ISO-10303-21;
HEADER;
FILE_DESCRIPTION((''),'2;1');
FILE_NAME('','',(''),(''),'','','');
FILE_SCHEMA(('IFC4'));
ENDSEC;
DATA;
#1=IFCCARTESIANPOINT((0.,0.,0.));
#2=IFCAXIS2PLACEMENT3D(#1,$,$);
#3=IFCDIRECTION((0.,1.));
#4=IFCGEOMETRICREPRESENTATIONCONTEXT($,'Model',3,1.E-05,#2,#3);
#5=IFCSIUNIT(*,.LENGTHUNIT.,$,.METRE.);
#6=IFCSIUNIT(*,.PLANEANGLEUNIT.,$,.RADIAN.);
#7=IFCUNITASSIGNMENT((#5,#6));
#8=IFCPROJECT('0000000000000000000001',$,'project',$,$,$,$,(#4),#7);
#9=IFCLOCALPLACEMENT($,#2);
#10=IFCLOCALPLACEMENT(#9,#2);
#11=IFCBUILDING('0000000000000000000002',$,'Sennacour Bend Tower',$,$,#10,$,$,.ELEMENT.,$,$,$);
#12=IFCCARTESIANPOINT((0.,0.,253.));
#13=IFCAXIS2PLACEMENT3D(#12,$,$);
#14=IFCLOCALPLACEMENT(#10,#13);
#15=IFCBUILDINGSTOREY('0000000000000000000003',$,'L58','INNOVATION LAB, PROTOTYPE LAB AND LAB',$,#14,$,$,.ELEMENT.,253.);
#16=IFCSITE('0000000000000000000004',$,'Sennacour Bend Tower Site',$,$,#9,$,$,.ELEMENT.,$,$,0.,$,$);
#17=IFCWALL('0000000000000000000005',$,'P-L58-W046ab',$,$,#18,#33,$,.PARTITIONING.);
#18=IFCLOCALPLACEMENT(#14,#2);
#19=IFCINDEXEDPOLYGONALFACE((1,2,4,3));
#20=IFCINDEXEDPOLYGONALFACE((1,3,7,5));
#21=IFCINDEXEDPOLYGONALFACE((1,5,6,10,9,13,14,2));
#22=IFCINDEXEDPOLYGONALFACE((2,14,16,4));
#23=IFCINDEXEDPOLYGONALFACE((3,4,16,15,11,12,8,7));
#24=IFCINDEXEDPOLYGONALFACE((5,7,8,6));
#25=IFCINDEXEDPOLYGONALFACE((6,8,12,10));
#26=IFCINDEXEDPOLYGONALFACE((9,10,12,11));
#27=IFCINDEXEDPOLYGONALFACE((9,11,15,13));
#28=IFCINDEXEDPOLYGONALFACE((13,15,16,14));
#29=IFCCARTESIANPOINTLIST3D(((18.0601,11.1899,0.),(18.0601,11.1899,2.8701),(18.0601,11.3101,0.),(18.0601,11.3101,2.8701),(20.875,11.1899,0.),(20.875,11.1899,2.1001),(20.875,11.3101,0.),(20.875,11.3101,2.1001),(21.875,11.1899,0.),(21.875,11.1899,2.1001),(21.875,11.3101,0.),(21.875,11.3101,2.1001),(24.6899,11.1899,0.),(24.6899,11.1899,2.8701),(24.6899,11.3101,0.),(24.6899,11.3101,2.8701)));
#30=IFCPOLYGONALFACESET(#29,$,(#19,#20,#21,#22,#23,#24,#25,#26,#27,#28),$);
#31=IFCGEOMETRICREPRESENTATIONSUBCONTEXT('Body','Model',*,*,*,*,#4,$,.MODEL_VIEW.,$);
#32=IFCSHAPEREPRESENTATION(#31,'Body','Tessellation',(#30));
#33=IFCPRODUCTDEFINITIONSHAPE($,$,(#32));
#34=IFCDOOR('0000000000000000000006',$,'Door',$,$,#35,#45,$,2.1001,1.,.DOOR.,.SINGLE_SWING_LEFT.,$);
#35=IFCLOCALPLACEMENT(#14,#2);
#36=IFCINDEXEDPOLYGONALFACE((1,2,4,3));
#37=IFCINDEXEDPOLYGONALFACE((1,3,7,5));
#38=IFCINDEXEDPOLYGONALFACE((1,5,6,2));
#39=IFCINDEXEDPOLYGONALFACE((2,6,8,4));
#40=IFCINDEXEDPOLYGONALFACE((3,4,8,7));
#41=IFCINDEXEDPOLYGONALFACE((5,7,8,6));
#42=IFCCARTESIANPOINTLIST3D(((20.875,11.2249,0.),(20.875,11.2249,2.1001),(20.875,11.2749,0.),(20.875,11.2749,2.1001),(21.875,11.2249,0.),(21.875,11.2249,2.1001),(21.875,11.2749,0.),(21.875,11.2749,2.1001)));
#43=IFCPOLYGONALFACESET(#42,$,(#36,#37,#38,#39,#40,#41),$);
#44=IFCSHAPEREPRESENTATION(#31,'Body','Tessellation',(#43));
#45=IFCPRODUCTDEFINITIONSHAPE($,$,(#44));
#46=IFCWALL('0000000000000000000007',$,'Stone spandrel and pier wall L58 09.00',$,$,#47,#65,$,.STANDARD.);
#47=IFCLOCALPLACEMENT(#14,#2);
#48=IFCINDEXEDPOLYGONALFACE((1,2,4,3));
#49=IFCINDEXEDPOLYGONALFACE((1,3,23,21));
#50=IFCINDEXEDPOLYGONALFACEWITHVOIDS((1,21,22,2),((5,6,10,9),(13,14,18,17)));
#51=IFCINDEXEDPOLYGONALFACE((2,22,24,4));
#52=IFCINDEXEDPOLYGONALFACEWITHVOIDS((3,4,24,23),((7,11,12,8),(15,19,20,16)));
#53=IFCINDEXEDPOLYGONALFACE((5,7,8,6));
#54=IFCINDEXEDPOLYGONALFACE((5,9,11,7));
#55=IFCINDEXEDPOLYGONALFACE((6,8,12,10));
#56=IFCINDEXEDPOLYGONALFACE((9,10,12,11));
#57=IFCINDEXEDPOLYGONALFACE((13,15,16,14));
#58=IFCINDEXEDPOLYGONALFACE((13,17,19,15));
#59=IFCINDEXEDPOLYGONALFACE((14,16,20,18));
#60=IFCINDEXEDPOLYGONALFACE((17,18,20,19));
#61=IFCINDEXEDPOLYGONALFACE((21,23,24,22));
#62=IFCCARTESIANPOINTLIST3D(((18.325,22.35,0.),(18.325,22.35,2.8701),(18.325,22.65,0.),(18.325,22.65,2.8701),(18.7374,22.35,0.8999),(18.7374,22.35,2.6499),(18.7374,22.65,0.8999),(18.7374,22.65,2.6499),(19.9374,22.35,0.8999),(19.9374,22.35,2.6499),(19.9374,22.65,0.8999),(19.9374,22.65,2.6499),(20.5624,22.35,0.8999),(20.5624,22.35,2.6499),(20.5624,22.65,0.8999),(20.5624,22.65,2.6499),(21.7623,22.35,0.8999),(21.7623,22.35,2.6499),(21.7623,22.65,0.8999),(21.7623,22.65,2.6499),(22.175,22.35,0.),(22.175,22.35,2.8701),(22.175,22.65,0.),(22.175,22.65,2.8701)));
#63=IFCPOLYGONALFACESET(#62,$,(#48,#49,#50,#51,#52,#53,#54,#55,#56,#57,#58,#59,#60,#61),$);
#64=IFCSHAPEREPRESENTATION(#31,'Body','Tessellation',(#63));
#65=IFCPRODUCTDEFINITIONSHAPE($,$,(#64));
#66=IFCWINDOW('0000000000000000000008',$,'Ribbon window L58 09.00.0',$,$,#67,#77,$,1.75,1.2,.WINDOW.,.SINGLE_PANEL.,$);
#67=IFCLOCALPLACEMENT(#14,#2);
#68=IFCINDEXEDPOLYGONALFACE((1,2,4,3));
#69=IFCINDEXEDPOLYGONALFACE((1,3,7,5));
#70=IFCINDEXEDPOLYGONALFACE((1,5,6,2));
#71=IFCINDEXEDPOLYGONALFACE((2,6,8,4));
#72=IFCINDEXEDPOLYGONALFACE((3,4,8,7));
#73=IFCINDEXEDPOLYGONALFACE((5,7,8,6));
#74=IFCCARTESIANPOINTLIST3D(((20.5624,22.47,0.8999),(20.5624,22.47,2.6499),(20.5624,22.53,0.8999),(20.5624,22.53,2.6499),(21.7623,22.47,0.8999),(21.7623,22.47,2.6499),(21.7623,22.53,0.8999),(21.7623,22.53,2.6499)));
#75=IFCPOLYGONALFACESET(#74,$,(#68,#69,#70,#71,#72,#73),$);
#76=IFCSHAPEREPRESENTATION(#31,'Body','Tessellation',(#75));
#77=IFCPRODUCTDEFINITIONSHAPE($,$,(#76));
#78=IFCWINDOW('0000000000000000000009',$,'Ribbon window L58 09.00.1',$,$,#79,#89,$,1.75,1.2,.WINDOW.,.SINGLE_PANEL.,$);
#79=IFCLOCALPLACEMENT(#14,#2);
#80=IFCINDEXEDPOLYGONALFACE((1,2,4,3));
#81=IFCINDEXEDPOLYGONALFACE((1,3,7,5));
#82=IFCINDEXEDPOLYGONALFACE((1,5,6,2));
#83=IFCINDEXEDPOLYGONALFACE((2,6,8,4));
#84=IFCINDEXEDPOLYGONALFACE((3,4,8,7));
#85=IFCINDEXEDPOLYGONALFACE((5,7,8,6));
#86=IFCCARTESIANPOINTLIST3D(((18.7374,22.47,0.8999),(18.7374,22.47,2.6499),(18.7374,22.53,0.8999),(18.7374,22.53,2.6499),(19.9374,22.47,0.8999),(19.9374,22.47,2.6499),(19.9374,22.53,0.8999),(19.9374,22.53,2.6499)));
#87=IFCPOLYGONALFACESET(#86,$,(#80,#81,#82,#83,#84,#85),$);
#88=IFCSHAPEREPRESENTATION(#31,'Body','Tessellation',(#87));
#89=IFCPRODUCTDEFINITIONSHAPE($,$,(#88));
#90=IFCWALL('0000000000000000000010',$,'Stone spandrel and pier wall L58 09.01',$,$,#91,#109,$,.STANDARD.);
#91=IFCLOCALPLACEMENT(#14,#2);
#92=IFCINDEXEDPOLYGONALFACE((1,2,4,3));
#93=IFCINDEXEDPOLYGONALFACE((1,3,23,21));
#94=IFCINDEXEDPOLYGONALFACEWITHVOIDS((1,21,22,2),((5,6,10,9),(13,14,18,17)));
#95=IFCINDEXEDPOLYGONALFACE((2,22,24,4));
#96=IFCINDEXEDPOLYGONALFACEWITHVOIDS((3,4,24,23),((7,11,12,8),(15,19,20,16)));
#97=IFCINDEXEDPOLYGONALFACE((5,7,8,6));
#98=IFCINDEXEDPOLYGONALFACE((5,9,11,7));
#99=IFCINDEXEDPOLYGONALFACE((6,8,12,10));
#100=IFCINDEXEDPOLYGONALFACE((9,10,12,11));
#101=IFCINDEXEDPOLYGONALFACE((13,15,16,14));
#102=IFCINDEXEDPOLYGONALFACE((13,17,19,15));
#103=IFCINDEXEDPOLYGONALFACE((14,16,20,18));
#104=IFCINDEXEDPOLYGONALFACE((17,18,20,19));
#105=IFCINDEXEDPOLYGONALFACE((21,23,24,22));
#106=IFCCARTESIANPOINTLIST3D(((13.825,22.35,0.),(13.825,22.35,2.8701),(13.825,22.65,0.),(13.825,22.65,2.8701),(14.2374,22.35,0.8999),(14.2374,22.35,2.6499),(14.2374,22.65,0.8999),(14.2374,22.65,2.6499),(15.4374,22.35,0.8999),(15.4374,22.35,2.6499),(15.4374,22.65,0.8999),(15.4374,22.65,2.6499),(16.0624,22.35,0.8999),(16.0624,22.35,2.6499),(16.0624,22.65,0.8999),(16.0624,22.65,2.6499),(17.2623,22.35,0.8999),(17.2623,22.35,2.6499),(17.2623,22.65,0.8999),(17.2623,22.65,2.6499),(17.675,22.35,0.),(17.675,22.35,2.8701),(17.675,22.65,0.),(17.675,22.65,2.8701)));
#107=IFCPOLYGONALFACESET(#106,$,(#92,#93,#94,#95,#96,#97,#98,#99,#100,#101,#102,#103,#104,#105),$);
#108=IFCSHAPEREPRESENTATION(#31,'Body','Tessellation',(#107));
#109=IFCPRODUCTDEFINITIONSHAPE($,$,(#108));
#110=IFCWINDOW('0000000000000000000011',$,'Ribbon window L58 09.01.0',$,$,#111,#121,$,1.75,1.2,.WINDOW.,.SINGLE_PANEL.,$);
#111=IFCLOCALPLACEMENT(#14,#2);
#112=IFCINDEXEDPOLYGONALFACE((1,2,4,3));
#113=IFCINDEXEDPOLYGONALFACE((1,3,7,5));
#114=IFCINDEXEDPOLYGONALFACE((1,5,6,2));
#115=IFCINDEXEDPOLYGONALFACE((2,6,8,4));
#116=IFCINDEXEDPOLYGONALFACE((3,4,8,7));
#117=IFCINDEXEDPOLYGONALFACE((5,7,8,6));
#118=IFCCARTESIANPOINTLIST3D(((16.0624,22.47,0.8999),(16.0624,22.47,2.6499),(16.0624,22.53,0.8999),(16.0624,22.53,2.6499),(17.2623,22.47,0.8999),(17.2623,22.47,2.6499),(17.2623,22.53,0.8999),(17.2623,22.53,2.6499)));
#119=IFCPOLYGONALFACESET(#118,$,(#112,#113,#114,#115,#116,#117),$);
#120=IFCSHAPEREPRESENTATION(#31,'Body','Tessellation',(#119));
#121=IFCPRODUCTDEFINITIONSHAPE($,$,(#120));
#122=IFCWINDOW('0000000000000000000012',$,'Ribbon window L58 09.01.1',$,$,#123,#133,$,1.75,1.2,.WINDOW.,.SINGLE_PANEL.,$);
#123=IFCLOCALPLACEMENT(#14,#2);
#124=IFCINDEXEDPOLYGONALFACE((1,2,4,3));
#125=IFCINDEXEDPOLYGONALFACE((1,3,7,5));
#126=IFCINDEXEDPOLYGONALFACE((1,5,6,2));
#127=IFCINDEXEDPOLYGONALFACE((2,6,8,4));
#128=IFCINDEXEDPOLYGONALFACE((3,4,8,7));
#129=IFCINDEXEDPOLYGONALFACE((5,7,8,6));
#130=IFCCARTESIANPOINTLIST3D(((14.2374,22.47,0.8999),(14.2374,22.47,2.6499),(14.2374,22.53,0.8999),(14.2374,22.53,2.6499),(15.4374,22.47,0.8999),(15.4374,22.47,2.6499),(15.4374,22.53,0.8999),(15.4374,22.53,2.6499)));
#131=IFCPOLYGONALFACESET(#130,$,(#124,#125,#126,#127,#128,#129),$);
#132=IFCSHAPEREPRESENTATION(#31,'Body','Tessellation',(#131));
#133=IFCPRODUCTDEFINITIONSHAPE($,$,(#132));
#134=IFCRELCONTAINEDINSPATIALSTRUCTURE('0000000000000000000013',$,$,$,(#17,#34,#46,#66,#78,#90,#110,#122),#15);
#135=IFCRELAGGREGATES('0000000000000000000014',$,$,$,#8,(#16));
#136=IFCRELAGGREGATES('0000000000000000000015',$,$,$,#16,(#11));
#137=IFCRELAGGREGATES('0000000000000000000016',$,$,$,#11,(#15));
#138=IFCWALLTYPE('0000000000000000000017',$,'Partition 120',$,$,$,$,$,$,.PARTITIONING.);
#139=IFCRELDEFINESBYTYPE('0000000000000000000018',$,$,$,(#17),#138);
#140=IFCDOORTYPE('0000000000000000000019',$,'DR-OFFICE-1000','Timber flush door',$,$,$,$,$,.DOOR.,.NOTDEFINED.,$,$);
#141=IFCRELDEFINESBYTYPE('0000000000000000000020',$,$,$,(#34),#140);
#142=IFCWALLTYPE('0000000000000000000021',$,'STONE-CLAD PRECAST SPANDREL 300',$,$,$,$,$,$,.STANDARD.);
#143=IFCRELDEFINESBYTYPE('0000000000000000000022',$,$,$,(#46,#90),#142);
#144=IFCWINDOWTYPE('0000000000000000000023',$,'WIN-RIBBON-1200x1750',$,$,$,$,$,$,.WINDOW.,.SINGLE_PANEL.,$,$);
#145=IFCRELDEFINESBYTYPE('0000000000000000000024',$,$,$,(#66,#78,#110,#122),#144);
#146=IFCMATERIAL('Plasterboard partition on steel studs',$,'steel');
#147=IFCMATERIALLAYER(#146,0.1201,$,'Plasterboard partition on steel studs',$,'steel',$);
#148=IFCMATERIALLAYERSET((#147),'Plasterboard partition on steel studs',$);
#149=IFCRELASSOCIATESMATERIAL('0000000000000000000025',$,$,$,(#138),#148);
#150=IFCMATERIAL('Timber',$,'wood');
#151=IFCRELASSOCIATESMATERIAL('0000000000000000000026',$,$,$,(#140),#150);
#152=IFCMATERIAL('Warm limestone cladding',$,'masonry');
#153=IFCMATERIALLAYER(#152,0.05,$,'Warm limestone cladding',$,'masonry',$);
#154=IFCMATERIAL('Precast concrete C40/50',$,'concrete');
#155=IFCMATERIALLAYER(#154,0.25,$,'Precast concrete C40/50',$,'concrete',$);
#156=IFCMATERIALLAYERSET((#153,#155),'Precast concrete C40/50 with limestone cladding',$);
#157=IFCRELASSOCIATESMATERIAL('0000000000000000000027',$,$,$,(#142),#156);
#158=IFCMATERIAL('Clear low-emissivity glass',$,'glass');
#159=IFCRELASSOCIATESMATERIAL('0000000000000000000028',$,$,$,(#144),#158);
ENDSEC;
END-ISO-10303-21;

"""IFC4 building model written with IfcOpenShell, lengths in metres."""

from ifc_helpers import new_model, si_unit, direction, frame, frame_2d, origin, place, context, subcontext, project, spatial, rectangle, extrude, material, layer, layer_set, type_object, element, fill, save


model = new_model("IFC4")

# Units and contexts
model_context = context("Model", 3, precision=1e-05, world=origin(), true_north=direction((0.0, 1.0)))
body_context = subcontext(model_context, "Body", "Model", "MODEL_VIEW")
ifc_project = project(units=[si_unit("LENGTHUNIT", "METRE"), si_unit("PLANEANGLEUNIT", "RADIAN")], contexts=[model_context])

# Site, building, storey
site_placement = place(None, origin())
site = spatial("IfcSite", under=ifc_project, at=site_placement, Name="Sennacour Bend Tower Site", CompositionType="ELEMENT", RefElevation=0.0)
building_placement = place(site_placement, origin())
building = spatial("IfcBuilding", under=site, at=building_placement, Name="Sennacour Bend Tower", CompositionType="ELEMENT")
storey_placement = place(building_placement, frame((0.0, 0.0, 253.0)))
storey = spatial("IfcBuildingStorey", under=building, at=storey_placement, Name="L58", Description="INNOVATION LAB, PROTOTYPE LAB AND LAB", CompositionType="ELEMENT", Elevation=253.0)

# Shared definitions
ifc_material_1 = material(Name="Plasterboard partition on steel studs", Category="steel")
ifc_layer_1 = layer(ifc_material_1, 0.1201, Name="Plasterboard partition on steel studs", Category="steel")
ifc_layer_set_1 = layer_set([ifc_layer_1], Name="Plasterboard partition on steel studs")
wall_type_1 = type_object("IfcWallType", Name="Partition 120", PredefinedType="PARTITIONING", material=ifc_layer_set_1)

# Wall, opening, door
ifc_material_2 = material(Name="Timber", Category="wood")
door_type = type_object("IfcDoorType", Name="DR-OFFICE-1000", Description="Timber flush door", OperationType="NOTDEFINED", PredefinedType="DOOR", material=ifc_material_2)
wall_1_placement = place(storey_placement, frame((18.0601, 11.25, 0.0), z_axis=(0.0, 0.0, 1.0), x_axis=(1.0, 0.0, 0.0)))
wall_1 = element("IfcWall", 1, at=wall_1_placement, inside=storey, type_object=wall_type_1, Name="P-L58-W046ab", PredefinedType="PARTITIONING", context=body_context, shape_type="SweptSolid", body=[
    extrude(rectangle(XDim=6.6299, YDim=0.1201, at=frame_2d((3.3149, 0.0))), origin(), (0.0, 0.0, 1.0), 2.8701),
])
opening_1_placement = place(wall_1_placement, frame((2.8149, 0.0, 0.0)))
opening_1 = element("IfcOpeningElement", 2, at=opening_1_placement, cuts=wall_1, PredefinedType="OPENING", context=body_context, shape_type="SweptSolid", body=[
    extrude(rectangle(XDim=1.0, YDim=2.1001, at=frame_2d((0.5, 1.05))), frame((0.0, 0.0701, 0.0), z_axis=(0.0, -1.0, 0.0), x_axis=(1.0, 0.0, 0.0)), (0.0, 0.0, 1.0), 0.1401),
])
door_1_placement = place(opening_1_placement, origin())
door_1 = element("IfcDoor", 3, at=door_1_placement, inside=storey, type_object=door_type, Name="Door", OperationType="SINGLE_SWING_LEFT", OverallHeight=2.1001, OverallWidth=1.0, PredefinedType="DOOR", context=body_context, shape_type="SweptSolid", body=[
    extrude(rectangle(XDim=1.0, YDim=2.1001, at=frame_2d((0.5, 1.05))), frame((0.0, 0.0249, 0.0), z_axis=(0.0, -1.0, 0.0), x_axis=(1.0, 0.0, 0.0)), (0.0, 0.0, 1.0), 0.05),
])
fill(opening_1, door_1)

# Walls, openings, windows
ifc_material_3 = material(Name="Warm limestone cladding", Category="masonry")
ifc_layer_2 = layer(ifc_material_3, 0.05, Name="Warm limestone cladding", Category="masonry")
ifc_material_4 = material(Name="Precast concrete C40/50", Category="concrete")
ifc_layer_3 = layer(ifc_material_4, 0.25, Name="Precast concrete C40/50", Category="concrete")
ifc_layer_set_2 = layer_set([ifc_layer_2, ifc_layer_3], Name="Precast concrete C40/50 with limestone cladding")
wall_type_2 = type_object("IfcWallType", Name="STONE-CLAD PRECAST SPANDREL 300", PredefinedType="STANDARD", material=ifc_layer_set_2)
wall_2_placement = place(storey_placement, frame((22.175, 22.5, 0.0), z_axis=(0.0, 0.0, 1.0), x_axis=(-1.0, 0.0, 0.0)))
wall_2 = element("IfcWall", 4, at=wall_2_placement, inside=storey, type_object=wall_type_2, Name="Stone spandrel and pier wall L58 09.00", PredefinedType="STANDARD", context=body_context, shape_type="SweptSolid", body=[
    extrude(rectangle(XDim=3.8501, YDim=0.3, at=frame_2d((1.925, 0.0))), origin(), (0.0, 0.0, 1.0), 2.8701),
])
opening_2_placement = place(wall_2_placement, frame((0.4126, 0.0, 0.8999)))
opening_2 = element("IfcOpeningElement", 5, at=opening_2_placement, cuts=wall_2, PredefinedType="OPENING", context=body_context, shape_type="SweptSolid", body=[
    extrude(rectangle(XDim=1.2, YDim=1.75, at=frame_2d((0.6001, 0.875))), frame((0.0, 0.1602, 0.0), z_axis=(0.0, -1.0, 0.0), x_axis=(1.0, 0.0, 0.0)), (0.0, 0.0, 1.0), 0.3201),
])
opening_3_placement = place(wall_2_placement, frame((2.2375, 0.0, 0.8999)))
opening_3 = element("IfcOpeningElement", 6, at=opening_3_placement, cuts=wall_2, PredefinedType="OPENING", context=body_context, shape_type="SweptSolid", body=[
    extrude(rectangle(XDim=1.2, YDim=1.75, at=frame_2d((0.6001, 0.875))), frame((0.0, 0.1602, 0.0), z_axis=(0.0, -1.0, 0.0), x_axis=(1.0, 0.0, 0.0)), (0.0, 0.0, 1.0), 0.3201),
])
ifc_material_5 = material(Name="Clear low-emissivity glass", Category="glass")
window_type = type_object("IfcWindowType", Name="WIN-RIBBON-1200x1750", PartitioningType="SINGLE_PANEL", PredefinedType="WINDOW", material=ifc_material_5)
window_1_placement = place(opening_2_placement, origin())
window_1 = element("IfcWindow", 7, at=window_1_placement, inside=storey, type_object=window_type, Name="Ribbon window L58 09.00.0", OverallHeight=1.75, OverallWidth=1.2, PartitioningType="SINGLE_PANEL", PredefinedType="WINDOW", context=body_context, shape_type="SweptSolid", body=[
    extrude(rectangle(XDim=1.2, YDim=1.75, at=frame_2d((0.6001, 0.875))), frame((0.0, 0.03, 0.0), z_axis=(0.0, -1.0, 0.0), x_axis=(1.0, 0.0, 0.0)), (0.0, 0.0, 1.0), 0.0601),
])
fill(opening_2, window_1)
window_2_placement = place(opening_3_placement, origin())
window_2 = element("IfcWindow", 8, at=window_2_placement, inside=storey, type_object=window_type, Name="Ribbon window L58 09.00.1", OverallHeight=1.75, OverallWidth=1.2, PartitioningType="SINGLE_PANEL", PredefinedType="WINDOW", context=body_context, shape_type="SweptSolid", body=[
    extrude(rectangle(XDim=1.2, YDim=1.75, at=frame_2d((0.6001, 0.875))), frame((0.0, 0.03, 0.0), z_axis=(0.0, -1.0, 0.0), x_axis=(1.0, 0.0, 0.0)), (0.0, 0.0, 1.0), 0.0601),
])
fill(opening_3, window_2)
wall_3_placement = place(storey_placement, frame((17.675, 22.5, 0.0), z_axis=(0.0, 0.0, 1.0), x_axis=(-1.0, 0.0, 0.0)))
wall_3 = element("IfcWall", 9, at=wall_3_placement, inside=storey, type_object=wall_type_2, Name="Stone spandrel and pier wall L58 09.01", PredefinedType="STANDARD", context=body_context, shape_type="SweptSolid", body=[
    extrude(rectangle(XDim=3.8501, YDim=0.3, at=frame_2d((1.925, 0.0))), origin(), (0.0, 0.0, 1.0), 2.8701),
])
opening_4_placement = place(wall_3_placement, frame((0.4126, 0.0, 0.8999)))
opening_4 = element("IfcOpeningElement", 10, at=opening_4_placement, cuts=wall_3, PredefinedType="OPENING", context=body_context, shape_type="SweptSolid", body=[
    extrude(rectangle(XDim=1.2, YDim=1.75, at=frame_2d((0.6001, 0.875))), frame((0.0, 0.1602, 0.0), z_axis=(0.0, -1.0, 0.0), x_axis=(1.0, 0.0, 0.0)), (0.0, 0.0, 1.0), 0.3201),
])
opening_5_placement = place(wall_3_placement, frame((2.2375, 0.0, 0.8999)))
opening_5 = element("IfcOpeningElement", 11, at=opening_5_placement, cuts=wall_3, PredefinedType="OPENING", context=body_context, shape_type="SweptSolid", body=[
    extrude(rectangle(XDim=1.2, YDim=1.75, at=frame_2d((0.6001, 0.875))), frame((0.0, 0.1602, 0.0), z_axis=(0.0, -1.0, 0.0), x_axis=(1.0, 0.0, 0.0)), (0.0, 0.0, 1.0), 0.3201),
])
window_3_placement = place(opening_4_placement, origin())
window_3 = element("IfcWindow", 12, at=window_3_placement, inside=storey, type_object=window_type, Name="Ribbon window L58 09.01.0", OverallHeight=1.75, OverallWidth=1.2, PartitioningType="SINGLE_PANEL", PredefinedType="WINDOW", context=body_context, shape_type="SweptSolid", body=[
    extrude(rectangle(XDim=1.2, YDim=1.75, at=frame_2d((0.6001, 0.875))), frame((0.0, 0.03, 0.0), z_axis=(0.0, -1.0, 0.0), x_axis=(1.0, 0.0, 0.0)), (0.0, 0.0, 1.0), 0.0601),
])
fill(opening_4, window_3)
window_4_placement = place(opening_5_placement, origin())
window_4 = element("IfcWindow", 13, at=window_4_placement, inside=storey, type_object=window_type, Name="Ribbon window L58 09.01.1", OverallHeight=1.75, OverallWidth=1.2, PartitioningType="SINGLE_PANEL", PredefinedType="WINDOW", context=body_context, shape_type="SweptSolid", body=[
    extrude(rectangle(XDim=1.2, YDim=1.75, at=frame_2d((0.6001, 0.875))), frame((0.0, 0.03, 0.0), z_axis=(0.0, -1.0, 0.0), x_axis=(1.0, 0.0, 0.0)), (0.0, 0.0, 1.0), 0.0601),
])
fill(opening_5, window_4)

save(model, "model.ifc")
